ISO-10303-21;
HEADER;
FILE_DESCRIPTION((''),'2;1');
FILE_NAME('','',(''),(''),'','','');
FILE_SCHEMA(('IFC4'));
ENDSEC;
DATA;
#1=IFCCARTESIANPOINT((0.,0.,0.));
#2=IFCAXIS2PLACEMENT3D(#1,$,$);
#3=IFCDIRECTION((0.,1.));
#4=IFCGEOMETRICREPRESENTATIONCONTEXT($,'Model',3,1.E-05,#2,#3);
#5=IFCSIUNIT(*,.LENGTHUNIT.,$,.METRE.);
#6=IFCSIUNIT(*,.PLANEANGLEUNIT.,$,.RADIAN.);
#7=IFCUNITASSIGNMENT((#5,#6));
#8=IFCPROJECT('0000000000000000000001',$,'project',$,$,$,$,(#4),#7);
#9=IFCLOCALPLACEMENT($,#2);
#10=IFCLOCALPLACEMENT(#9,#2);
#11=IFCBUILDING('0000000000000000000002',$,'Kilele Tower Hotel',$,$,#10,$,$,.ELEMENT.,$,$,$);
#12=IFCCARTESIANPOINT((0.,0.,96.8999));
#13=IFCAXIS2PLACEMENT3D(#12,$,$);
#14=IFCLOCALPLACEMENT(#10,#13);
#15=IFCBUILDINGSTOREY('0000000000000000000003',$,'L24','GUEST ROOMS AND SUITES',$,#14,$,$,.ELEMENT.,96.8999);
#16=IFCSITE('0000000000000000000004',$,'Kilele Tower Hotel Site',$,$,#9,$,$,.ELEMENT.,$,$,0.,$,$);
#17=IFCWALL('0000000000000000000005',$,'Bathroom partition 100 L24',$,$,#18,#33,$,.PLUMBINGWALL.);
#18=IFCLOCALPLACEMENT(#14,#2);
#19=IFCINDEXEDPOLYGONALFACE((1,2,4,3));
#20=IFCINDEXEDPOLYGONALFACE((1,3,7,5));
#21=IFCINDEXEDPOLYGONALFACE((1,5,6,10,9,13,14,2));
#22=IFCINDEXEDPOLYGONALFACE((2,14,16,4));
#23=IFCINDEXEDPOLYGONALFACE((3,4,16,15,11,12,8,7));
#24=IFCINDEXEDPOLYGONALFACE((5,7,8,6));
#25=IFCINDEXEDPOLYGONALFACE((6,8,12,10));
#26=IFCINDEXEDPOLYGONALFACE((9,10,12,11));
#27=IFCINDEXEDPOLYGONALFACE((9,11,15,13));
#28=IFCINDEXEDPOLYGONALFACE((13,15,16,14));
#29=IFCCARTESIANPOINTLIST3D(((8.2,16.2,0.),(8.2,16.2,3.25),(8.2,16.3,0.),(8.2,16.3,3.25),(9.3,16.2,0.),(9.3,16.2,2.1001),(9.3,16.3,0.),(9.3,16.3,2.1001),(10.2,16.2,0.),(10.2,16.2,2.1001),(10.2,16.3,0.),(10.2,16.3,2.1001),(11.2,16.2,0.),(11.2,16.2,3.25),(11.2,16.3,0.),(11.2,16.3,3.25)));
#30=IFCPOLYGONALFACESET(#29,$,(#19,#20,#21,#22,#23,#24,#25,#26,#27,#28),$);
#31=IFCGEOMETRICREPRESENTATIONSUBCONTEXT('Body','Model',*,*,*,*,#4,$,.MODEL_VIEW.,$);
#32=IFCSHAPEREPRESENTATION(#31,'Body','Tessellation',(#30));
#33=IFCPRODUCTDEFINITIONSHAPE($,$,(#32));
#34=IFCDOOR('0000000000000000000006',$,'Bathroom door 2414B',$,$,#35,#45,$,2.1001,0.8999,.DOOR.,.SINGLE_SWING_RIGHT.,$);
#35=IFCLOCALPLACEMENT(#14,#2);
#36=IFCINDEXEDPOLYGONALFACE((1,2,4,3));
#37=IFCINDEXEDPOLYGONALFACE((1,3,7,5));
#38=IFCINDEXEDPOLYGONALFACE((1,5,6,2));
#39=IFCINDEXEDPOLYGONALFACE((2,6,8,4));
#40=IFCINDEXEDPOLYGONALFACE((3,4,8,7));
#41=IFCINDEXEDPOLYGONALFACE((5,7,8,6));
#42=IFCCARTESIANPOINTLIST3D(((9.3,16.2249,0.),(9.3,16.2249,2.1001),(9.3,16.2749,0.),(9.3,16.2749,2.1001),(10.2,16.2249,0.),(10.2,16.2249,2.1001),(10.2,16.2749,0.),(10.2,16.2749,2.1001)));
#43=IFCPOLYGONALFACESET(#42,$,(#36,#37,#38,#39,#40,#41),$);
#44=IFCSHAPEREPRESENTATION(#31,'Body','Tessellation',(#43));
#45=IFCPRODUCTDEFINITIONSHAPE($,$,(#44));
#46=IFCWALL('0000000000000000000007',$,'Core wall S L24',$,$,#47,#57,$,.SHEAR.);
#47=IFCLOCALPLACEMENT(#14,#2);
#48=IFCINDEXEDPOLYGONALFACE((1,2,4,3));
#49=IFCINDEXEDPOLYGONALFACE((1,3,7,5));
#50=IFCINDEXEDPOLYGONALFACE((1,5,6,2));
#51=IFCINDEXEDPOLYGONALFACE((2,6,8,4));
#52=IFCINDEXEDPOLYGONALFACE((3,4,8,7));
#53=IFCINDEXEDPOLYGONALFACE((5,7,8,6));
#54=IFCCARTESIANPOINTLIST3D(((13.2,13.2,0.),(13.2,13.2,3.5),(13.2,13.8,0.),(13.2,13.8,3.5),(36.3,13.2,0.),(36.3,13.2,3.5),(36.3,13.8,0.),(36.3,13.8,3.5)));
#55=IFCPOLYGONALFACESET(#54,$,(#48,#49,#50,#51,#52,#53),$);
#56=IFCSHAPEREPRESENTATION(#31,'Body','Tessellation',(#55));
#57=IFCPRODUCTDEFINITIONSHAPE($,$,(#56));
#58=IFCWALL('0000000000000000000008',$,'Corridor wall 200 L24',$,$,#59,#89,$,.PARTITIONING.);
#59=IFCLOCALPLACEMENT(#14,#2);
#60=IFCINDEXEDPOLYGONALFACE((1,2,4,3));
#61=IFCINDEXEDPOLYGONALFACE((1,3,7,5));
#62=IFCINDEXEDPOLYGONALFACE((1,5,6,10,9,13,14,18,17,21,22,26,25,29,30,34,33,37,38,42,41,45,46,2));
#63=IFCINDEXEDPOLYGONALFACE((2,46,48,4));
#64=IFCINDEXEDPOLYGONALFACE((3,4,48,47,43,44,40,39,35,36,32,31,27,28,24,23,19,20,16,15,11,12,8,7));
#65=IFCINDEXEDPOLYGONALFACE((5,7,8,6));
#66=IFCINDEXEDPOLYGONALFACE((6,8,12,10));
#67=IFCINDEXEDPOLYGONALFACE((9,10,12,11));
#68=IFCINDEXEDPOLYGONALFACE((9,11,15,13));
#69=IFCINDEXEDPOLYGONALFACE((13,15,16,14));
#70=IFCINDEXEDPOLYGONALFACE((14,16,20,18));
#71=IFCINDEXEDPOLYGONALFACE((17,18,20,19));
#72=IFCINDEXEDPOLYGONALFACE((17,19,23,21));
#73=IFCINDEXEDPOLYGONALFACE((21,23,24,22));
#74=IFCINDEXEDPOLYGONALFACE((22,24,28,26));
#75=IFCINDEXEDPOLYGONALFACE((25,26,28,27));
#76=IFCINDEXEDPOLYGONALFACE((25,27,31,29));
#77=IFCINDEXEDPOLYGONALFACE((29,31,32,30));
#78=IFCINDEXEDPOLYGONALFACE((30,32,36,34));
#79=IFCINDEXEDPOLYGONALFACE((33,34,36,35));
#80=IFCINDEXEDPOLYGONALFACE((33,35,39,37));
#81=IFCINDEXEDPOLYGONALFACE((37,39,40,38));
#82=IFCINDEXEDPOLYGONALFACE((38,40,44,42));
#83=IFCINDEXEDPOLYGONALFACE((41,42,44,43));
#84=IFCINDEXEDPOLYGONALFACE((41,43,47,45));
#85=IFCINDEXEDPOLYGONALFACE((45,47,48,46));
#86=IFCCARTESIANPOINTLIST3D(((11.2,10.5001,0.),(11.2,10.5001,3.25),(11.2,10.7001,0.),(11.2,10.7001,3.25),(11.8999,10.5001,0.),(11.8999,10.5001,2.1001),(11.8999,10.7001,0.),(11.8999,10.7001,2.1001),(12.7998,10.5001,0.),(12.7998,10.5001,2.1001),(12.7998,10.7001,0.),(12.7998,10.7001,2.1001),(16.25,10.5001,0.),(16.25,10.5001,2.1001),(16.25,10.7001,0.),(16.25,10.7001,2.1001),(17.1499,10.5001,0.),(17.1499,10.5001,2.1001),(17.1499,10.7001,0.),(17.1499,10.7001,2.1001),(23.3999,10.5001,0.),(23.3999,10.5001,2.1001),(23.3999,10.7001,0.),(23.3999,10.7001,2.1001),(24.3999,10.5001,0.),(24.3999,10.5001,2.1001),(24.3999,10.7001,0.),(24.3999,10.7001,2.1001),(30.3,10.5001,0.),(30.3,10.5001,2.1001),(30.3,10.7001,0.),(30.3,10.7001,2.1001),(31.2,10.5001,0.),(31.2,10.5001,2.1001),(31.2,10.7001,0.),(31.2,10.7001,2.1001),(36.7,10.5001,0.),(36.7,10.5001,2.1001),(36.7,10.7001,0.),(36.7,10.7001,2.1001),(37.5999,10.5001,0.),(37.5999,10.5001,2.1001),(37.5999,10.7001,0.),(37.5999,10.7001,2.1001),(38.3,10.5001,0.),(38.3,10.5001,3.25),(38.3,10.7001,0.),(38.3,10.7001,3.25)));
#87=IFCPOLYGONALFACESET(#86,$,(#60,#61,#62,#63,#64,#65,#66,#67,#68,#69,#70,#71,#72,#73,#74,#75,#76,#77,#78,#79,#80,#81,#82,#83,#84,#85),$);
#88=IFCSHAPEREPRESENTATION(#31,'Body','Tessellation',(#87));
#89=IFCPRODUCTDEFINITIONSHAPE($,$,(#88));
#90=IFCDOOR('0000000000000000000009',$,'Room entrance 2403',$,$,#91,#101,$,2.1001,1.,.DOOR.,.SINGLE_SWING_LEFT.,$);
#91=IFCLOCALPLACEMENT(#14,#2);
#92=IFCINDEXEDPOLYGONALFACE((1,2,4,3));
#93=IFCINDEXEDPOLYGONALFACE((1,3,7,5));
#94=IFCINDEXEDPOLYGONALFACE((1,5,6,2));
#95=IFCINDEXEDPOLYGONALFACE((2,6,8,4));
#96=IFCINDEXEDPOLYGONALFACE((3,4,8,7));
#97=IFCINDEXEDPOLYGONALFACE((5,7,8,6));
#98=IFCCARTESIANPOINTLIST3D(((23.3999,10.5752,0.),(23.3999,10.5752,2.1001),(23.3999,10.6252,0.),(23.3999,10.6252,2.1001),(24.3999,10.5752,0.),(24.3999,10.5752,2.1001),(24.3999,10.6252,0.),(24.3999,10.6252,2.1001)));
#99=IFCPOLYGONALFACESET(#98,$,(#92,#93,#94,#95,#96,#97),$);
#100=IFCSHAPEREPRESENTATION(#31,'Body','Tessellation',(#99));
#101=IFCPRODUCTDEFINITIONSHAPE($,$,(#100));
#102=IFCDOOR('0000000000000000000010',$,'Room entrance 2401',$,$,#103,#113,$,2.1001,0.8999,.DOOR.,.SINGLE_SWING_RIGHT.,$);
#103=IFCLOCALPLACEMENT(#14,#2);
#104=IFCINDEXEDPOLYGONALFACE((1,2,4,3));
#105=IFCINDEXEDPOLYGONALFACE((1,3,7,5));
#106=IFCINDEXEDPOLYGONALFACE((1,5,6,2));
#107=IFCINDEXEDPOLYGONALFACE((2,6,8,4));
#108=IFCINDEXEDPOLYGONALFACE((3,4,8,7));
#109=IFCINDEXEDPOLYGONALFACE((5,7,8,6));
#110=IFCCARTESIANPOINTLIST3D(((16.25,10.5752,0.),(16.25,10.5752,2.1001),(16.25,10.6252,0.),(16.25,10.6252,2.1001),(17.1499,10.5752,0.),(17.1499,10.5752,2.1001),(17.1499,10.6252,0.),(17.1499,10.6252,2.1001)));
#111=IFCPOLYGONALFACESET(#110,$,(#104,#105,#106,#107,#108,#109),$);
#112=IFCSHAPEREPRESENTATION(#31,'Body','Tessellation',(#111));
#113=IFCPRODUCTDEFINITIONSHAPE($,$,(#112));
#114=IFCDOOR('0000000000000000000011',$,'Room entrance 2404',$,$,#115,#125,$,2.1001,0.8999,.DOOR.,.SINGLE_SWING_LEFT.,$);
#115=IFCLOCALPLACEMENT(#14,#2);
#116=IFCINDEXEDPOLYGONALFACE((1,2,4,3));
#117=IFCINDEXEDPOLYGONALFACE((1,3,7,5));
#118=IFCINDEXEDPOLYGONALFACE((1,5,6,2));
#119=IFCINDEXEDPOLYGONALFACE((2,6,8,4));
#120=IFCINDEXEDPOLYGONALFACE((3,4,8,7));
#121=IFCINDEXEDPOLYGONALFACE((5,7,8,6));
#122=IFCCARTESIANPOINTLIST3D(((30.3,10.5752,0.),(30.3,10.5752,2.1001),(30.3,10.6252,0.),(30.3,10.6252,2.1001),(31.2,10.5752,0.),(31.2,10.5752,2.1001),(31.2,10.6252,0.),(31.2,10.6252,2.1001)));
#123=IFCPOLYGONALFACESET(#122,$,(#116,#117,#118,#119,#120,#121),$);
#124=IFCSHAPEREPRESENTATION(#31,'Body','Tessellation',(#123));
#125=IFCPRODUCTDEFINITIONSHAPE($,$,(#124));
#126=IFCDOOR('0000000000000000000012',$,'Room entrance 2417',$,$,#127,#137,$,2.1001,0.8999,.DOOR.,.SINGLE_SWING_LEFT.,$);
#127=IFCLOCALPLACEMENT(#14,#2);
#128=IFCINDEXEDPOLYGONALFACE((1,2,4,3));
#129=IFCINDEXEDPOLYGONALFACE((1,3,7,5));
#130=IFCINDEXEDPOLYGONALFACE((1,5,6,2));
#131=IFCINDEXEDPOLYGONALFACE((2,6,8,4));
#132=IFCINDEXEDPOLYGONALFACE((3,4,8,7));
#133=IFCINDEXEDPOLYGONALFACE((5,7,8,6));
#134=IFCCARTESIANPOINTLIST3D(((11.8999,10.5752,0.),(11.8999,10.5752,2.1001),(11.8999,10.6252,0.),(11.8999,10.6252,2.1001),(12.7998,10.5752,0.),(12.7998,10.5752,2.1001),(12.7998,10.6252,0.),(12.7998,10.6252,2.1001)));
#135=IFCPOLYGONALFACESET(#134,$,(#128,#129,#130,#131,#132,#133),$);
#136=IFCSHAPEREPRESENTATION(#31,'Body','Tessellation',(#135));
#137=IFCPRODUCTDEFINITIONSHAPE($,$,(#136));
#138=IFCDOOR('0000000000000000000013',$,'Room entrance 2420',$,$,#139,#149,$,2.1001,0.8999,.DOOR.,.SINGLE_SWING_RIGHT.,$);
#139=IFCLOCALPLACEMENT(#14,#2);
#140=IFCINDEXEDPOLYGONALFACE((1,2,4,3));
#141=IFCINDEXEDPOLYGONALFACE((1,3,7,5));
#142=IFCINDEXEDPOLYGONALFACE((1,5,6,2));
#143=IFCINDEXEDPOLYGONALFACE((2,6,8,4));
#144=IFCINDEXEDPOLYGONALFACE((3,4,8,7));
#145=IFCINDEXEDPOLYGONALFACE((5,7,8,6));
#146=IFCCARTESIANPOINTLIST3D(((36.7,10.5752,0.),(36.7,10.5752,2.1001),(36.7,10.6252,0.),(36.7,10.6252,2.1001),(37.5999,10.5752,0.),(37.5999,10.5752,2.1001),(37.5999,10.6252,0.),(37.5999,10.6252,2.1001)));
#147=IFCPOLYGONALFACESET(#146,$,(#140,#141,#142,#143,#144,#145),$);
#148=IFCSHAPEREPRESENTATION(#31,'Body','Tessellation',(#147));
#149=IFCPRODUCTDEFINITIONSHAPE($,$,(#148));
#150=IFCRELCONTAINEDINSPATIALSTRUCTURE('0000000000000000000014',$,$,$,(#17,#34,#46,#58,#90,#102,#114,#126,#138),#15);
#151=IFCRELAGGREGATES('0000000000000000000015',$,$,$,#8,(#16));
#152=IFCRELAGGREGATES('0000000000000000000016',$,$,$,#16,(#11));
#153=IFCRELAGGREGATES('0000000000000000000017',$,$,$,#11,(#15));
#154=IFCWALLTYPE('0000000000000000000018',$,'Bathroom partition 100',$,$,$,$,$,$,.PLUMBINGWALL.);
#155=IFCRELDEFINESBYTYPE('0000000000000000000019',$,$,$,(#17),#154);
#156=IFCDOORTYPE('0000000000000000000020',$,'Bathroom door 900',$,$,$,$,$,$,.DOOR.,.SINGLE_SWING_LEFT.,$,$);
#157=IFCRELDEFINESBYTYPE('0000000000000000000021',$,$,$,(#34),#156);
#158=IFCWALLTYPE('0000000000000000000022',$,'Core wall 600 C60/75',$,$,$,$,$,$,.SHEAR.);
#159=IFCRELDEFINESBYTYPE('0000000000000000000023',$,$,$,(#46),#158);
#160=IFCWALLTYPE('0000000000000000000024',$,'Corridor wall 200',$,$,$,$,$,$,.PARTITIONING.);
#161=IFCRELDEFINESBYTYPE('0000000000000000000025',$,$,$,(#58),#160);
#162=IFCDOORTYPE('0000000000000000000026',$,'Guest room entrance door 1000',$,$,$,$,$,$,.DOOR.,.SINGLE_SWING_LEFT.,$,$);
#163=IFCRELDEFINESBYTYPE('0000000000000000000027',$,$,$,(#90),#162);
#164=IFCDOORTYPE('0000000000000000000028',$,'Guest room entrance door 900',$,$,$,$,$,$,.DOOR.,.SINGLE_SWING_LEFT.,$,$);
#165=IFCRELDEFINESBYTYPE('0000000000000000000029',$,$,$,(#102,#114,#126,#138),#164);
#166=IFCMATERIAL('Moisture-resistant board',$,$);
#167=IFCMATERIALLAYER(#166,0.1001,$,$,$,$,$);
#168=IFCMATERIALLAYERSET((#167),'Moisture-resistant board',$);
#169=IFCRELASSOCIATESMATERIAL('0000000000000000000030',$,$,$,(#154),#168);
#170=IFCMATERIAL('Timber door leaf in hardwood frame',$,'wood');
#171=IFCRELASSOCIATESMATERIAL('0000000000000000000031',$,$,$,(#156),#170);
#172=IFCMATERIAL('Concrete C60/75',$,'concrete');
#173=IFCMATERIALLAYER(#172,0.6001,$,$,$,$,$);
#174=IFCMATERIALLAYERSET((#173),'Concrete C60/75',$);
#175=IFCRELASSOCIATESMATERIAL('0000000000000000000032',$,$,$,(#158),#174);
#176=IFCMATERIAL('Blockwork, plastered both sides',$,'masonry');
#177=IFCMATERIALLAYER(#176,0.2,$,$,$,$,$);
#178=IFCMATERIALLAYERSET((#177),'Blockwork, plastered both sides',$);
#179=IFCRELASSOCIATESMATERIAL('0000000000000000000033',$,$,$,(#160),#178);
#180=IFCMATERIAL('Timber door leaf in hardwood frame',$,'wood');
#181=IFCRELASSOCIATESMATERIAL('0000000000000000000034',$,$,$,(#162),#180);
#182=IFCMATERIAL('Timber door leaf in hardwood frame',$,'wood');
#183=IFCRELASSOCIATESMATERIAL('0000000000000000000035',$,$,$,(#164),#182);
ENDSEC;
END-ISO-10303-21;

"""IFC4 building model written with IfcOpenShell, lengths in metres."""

from ifc_helpers import new_model, si_unit, direction, frame, frame_2d, origin, place, context, subcontext, project, spatial, rectangle, extrude, material, layer, layer_set, type_object, element, fill, save


model = new_model("IFC4")

# Units and contexts
model_context = context("Model", 3, precision=1e-05, world=origin(), true_north=direction((0.0, 1.0)))
body_context = subcontext(model_context, "Body", "Model", "MODEL_VIEW")
ifc_project = project(units=[si_unit("LENGTHUNIT", "METRE"), si_unit("PLANEANGLEUNIT", "RADIAN")], contexts=[model_context])

# Site, building, storey
site_placement = place(None, origin())
site = spatial("IfcSite", under=ifc_project, at=site_placement, Name="Kilele Tower Hotel Site", CompositionType="ELEMENT", RefElevation=0.0)
building_placement = place(site_placement, origin())
building = spatial("IfcBuilding", under=site, at=building_placement, Name="Kilele Tower Hotel", CompositionType="ELEMENT")
storey_placement = place(building_placement, frame((0.0, 0.0, 96.8999)))
storey = spatial("IfcBuildingStorey", under=building, at=storey_placement, Name="L24", Description="GUEST ROOMS AND SUITES", CompositionType="ELEMENT", Elevation=96.8999)

# Wall, opening, door
ifc_material_1 = material(Name="Moisture-resistant board")
ifc_layer_1 = layer(ifc_material_1, 0.1001)
ifc_layer_set_1 = layer_set([ifc_layer_1], Name="Moisture-resistant board")
wall_type_1 = type_object("IfcWallType", Name="Bathroom partition 100", PredefinedType="PLUMBINGWALL", material=ifc_layer_set_1)
wall_1_placement = place(storey_placement, frame((11.2, 16.25, 0.0), z_axis=(0.0, 0.0, 1.0), x_axis=(-1.0, 0.0, 0.0)))
wall_1 = element("IfcWall", 1, at=wall_1_placement, inside=storey, type_object=wall_type_1, Name="Bathroom partition 100 L24", PredefinedType="PLUMBINGWALL", context=body_context, shape_type="SweptSolid", body=[
    extrude(rectangle(XDim=3.0, YDim=0.1001, at=frame_2d((1.5, 0.0))), origin(), (0.0, 0.0, 1.0), 3.25),
])
opening_1_placement = place(wall_1_placement, frame((1.8999, 0.0, 0.0), z_axis=(0.0, 0.0, 1.0), x_axis=(-1.0, 0.0, 0.0)))
opening_1 = element("IfcOpeningElement", 2, at=opening_1_placement, cuts=wall_1, PredefinedType="OPENING", context=body_context, shape_type="SweptSolid", body=[
    extrude(rectangle(XDim=0.8999, YDim=2.1001, at=frame_2d((0.45, 1.05))), frame((0.0, 0.0601, 0.0), z_axis=(0.0, -1.0, 0.0), x_axis=(1.0, 0.0, 0.0)), (0.0, 0.0, 1.0), 0.1201),
])
ifc_material_2 = material(Name="Timber door leaf in hardwood frame", Category="wood")
door_type_1 = type_object("IfcDoorType", Name="Bathroom door 900", OperationType="SINGLE_SWING_LEFT", PredefinedType="DOOR", material=ifc_material_2)
door_1_placement = place(opening_1_placement, origin())
door_1 = element("IfcDoor", 3, at=door_1_placement, inside=storey, type_object=door_type_1, Name="Bathroom door 2414B", OperationType="SINGLE_SWING_RIGHT", OverallHeight=2.1001, OverallWidth=0.8999, PredefinedType="DOOR", context=body_context, shape_type="SweptSolid", body=[
    extrude(rectangle(XDim=0.8999, YDim=2.1001, at=frame_2d((0.45, 1.05))), frame((0.0, 0.0249, 0.0), z_axis=(0.0, -1.0, 0.0), x_axis=(1.0, 0.0, 0.0)), (0.0, 0.0, 1.0), 0.05),
])
fill(opening_1, door_1)

# Wall
ifc_material_3 = material(Name="Concrete C60/75", Category="concrete")
ifc_layer_2 = layer(ifc_material_3, 0.6001)
ifc_layer_set_2 = layer_set([ifc_layer_2], Name="Concrete C60/75")
wall_type_2 = type_object("IfcWallType", Name="Core wall 600 C60/75", PredefinedType="SHEAR", material=ifc_layer_set_2)
wall_2_placement = place(storey_placement, frame((13.2, 13.5, 0.0), z_axis=(0.0, 0.0, 1.0), x_axis=(1.0, 0.0, 0.0)))
element("IfcWall", 4, at=wall_2_placement, inside=storey, type_object=wall_type_2, Name="Core wall S L24", PredefinedType="SHEAR", context=body_context, shape_type="SweptSolid", body=[
    extrude(rectangle(XDim=23.1001, YDim=0.6001, at=frame_2d((11.55, 0.0))), origin(), (0.0, 0.0, 1.0), 3.5),
])

# Wall, openings, doors
ifc_material_4 = material(Name="Blockwork, plastered both sides", Category="masonry")
ifc_layer_3 = layer(ifc_material_4, 0.2)
ifc_layer_set_3 = layer_set([ifc_layer_3], Name="Blockwork, plastered both sides")
wall_type_3 = type_object("IfcWallType", Name="Corridor wall 200", PredefinedType="PARTITIONING", material=ifc_layer_set_3)
wall_3_placement = place(storey_placement, frame((11.2, 10.6001, 0.0), z_axis=(0.0, 0.0, 1.0), x_axis=(1.0, 0.0, 0.0)))
wall_3 = element("IfcWall", 5, at=wall_3_placement, inside=storey, type_object=wall_type_3, Name="Corridor wall 200 L24", PredefinedType="PARTITIONING", context=body_context, shape_type="SweptSolid", body=[
    extrude(rectangle(XDim=27.1001, YDim=0.2, at=frame_2d((13.55, 0.0))), origin(), (0.0, 0.0, 1.0), 3.25),
])
opening_2_placement = place(wall_3_placement, frame((5.95, 0.0, 0.0), z_axis=(0.0, 0.0, 1.0), x_axis=(-1.0, 0.0, 0.0)))
opening_2 = element("IfcOpeningElement", 6, at=opening_2_placement, cuts=wall_3, PredefinedType="OPENING", context=body_context, shape_type="SweptSolid", body=[
    extrude(rectangle(XDim=0.8999, YDim=2.1001, at=frame_2d((0.45, 1.05))), frame((0.0, 0.1099, 0.0), z_axis=(0.0, -1.0, 0.0), x_axis=(1.0, 0.0, 0.0)), (0.0, 0.0, 1.0), 0.22),
])
opening_3_placement = place(wall_3_placement, frame((13.2, 0.0, 0.0), z_axis=(0.0, 0.0, 1.0), x_axis=(-1.0, 0.0, 0.0)))
opening_3 = element("IfcOpeningElement", 7, at=opening_3_placement, cuts=wall_3, PredefinedType="OPENING", context=body_context, shape_type="SweptSolid", body=[
    extrude(rectangle(XDim=1.0, YDim=2.1001, at=frame_2d((0.5, 1.05))), frame((0.0, 0.1099, 0.0), z_axis=(0.0, -1.0, 0.0), x_axis=(1.0, 0.0, 0.0)), (0.0, 0.0, 1.0), 0.22),
])
opening_4_placement = place(wall_3_placement, frame((20.0, 0.0, 0.0), z_axis=(0.0, 0.0, 1.0), x_axis=(-1.0, 0.0, 0.0)))
opening_4 = element("IfcOpeningElement", 8, at=opening_4_placement, cuts=wall_3, PredefinedType="OPENING", context=body_context, shape_type="SweptSolid", body=[
    extrude(rectangle(XDim=0.8999, YDim=2.1001, at=frame_2d((0.45, 1.05))), frame((0.0, 0.1099, 0.0), z_axis=(0.0, -1.0, 0.0), x_axis=(1.0, 0.0, 0.0)), (0.0, 0.0, 1.0), 0.22),
])
opening_5_placement = place(wall_3_placement, frame((1.5999, 0.0, 0.0), z_axis=(0.0, 0.0, 1.0), x_axis=(-1.0, 0.0, 0.0)))
opening_5 = element("IfcOpeningElement", 9, at=opening_5_placement, cuts=wall_3, PredefinedType="OPENING", context=body_context, shape_type="SweptSolid", body=[
    extrude(rectangle(XDim=0.8999, YDim=2.1001, at=frame_2d((0.45, 1.05))), frame((0.0, 0.1099, 0.0), z_axis=(0.0, -1.0, 0.0), x_axis=(1.0, 0.0, 0.0)), (0.0, 0.0, 1.0), 0.22),
])
opening_6_placement = place(wall_3_placement, frame((26.3999, 0.0, 0.0), z_axis=(0.0, 0.0, 1.0), x_axis=(-1.0, 0.0, 0.0)))
opening_6 = element("IfcOpeningElement", 10, at=opening_6_placement, cuts=wall_3, PredefinedType="OPENING", context=body_context, shape_type="SweptSolid", body=[
    extrude(rectangle(XDim=0.8999, YDim=2.1001, at=frame_2d((0.45, 1.05))), frame((0.0, 0.1099, 0.0), z_axis=(0.0, -1.0, 0.0), x_axis=(1.0, 0.0, 0.0)), (0.0, 0.0, 1.0), 0.22),
])
ifc_material_5 = material(Name="Timber door leaf in hardwood frame", Category="wood")
door_type_2 = type_object("IfcDoorType", Name="Guest room entrance door 1000", OperationType="SINGLE_SWING_LEFT", PredefinedType="DOOR", material=ifc_material_5)
door_2_placement = place(opening_3_placement, origin())
door_2 = element("IfcDoor", 11, at=door_2_placement, inside=storey, type_object=door_type_2, Name="Room entrance 2403", OperationType="SINGLE_SWING_LEFT", OverallHeight=2.1001, OverallWidth=1.0, PredefinedType="DOOR", context=body_context, shape_type="SweptSolid", body=[
    extrude(rectangle(XDim=1.0, YDim=2.1001, at=frame_2d((0.5, 1.05))), frame((0.0, 0.0249, 0.0), z_axis=(0.0, -1.0, 0.0), x_axis=(1.0, 0.0, 0.0)), (0.0, 0.0, 1.0), 0.05),
])
fill(opening_3, door_2)
ifc_material_6 = material(Name="Timber door leaf in hardwood frame", Category="wood")
door_type_3 = type_object("IfcDoorType", Name="Guest room entrance door 900", OperationType="SINGLE_SWING_LEFT", PredefinedType="DOOR", material=ifc_material_6)
door_3_placement = place(opening_2_placement, origin())
door_3 = element("IfcDoor", 12, at=door_3_placement, inside=storey, type_object=door_type_3, Name="Room entrance 2401", OperationType="SINGLE_SWING_RIGHT", OverallHeight=2.1001, OverallWidth=0.8999, PredefinedType="DOOR", context=body_context, shape_type="SweptSolid", body=[
    extrude(rectangle(XDim=0.8999, YDim=2.1001, at=frame_2d((0.45, 1.05))), frame((0.0, 0.0249, 0.0), z_axis=(0.0, -1.0, 0.0), x_axis=(1.0, 0.0, 0.0)), (0.0, 0.0, 1.0), 0.05),
])
fill(opening_2, door_3)
door_4_placement = place(opening_4_placement, origin())
door_4 = element("IfcDoor", 13, at=door_4_placement, inside=storey, type_object=door_type_3, Name="Room entrance 2404", OperationType="SINGLE_SWING_LEFT", OverallHeight=2.1001, OverallWidth=0.8999, PredefinedType="DOOR", context=body_context, shape_type="SweptSolid", body=[
    extrude(rectangle(XDim=0.8999, YDim=2.1001, at=frame_2d((0.45, 1.05))), frame((0.0, 0.0249, 0.0), z_axis=(0.0, -1.0, 0.0), x_axis=(1.0, 0.0, 0.0)), (0.0, 0.0, 1.0), 0.05),
])
fill(opening_4, door_4)
door_5_placement = place(opening_5_placement, origin())
door_5 = element("IfcDoor", 14, at=door_5_placement, inside=storey, type_object=door_type_3, Name="Room entrance 2417", OperationType="SINGLE_SWING_LEFT", OverallHeight=2.1001, OverallWidth=0.8999, PredefinedType="DOOR", context=body_context, shape_type="SweptSolid", body=[
    extrude(rectangle(XDim=0.8999, YDim=2.1001, at=frame_2d((0.45, 1.05))), frame((0.0, 0.0249, 0.0), z_axis=(0.0, -1.0, 0.0), x_axis=(1.0, 0.0, 0.0)), (0.0, 0.0, 1.0), 0.05),
])
fill(opening_5, door_5)
door_6_placement = place(opening_6_placement, origin())
door_6 = element("IfcDoor", 15, at=door_6_placement, inside=storey, type_object=door_type_3, Name="Room entrance 2420", OperationType="SINGLE_SWING_RIGHT", OverallHeight=2.1001, OverallWidth=0.8999, PredefinedType="DOOR", context=body_context, shape_type="SweptSolid", body=[
    extrude(rectangle(XDim=0.8999, YDim=2.1001, at=frame_2d((0.45, 1.05))), frame((0.0, 0.0249, 0.0), z_axis=(0.0, -1.0, 0.0), x_axis=(1.0, 0.0, 0.0)), (0.0, 0.0, 1.0), 0.05),
])
fill(opening_6, door_6)

save(model, "model.ifc")
